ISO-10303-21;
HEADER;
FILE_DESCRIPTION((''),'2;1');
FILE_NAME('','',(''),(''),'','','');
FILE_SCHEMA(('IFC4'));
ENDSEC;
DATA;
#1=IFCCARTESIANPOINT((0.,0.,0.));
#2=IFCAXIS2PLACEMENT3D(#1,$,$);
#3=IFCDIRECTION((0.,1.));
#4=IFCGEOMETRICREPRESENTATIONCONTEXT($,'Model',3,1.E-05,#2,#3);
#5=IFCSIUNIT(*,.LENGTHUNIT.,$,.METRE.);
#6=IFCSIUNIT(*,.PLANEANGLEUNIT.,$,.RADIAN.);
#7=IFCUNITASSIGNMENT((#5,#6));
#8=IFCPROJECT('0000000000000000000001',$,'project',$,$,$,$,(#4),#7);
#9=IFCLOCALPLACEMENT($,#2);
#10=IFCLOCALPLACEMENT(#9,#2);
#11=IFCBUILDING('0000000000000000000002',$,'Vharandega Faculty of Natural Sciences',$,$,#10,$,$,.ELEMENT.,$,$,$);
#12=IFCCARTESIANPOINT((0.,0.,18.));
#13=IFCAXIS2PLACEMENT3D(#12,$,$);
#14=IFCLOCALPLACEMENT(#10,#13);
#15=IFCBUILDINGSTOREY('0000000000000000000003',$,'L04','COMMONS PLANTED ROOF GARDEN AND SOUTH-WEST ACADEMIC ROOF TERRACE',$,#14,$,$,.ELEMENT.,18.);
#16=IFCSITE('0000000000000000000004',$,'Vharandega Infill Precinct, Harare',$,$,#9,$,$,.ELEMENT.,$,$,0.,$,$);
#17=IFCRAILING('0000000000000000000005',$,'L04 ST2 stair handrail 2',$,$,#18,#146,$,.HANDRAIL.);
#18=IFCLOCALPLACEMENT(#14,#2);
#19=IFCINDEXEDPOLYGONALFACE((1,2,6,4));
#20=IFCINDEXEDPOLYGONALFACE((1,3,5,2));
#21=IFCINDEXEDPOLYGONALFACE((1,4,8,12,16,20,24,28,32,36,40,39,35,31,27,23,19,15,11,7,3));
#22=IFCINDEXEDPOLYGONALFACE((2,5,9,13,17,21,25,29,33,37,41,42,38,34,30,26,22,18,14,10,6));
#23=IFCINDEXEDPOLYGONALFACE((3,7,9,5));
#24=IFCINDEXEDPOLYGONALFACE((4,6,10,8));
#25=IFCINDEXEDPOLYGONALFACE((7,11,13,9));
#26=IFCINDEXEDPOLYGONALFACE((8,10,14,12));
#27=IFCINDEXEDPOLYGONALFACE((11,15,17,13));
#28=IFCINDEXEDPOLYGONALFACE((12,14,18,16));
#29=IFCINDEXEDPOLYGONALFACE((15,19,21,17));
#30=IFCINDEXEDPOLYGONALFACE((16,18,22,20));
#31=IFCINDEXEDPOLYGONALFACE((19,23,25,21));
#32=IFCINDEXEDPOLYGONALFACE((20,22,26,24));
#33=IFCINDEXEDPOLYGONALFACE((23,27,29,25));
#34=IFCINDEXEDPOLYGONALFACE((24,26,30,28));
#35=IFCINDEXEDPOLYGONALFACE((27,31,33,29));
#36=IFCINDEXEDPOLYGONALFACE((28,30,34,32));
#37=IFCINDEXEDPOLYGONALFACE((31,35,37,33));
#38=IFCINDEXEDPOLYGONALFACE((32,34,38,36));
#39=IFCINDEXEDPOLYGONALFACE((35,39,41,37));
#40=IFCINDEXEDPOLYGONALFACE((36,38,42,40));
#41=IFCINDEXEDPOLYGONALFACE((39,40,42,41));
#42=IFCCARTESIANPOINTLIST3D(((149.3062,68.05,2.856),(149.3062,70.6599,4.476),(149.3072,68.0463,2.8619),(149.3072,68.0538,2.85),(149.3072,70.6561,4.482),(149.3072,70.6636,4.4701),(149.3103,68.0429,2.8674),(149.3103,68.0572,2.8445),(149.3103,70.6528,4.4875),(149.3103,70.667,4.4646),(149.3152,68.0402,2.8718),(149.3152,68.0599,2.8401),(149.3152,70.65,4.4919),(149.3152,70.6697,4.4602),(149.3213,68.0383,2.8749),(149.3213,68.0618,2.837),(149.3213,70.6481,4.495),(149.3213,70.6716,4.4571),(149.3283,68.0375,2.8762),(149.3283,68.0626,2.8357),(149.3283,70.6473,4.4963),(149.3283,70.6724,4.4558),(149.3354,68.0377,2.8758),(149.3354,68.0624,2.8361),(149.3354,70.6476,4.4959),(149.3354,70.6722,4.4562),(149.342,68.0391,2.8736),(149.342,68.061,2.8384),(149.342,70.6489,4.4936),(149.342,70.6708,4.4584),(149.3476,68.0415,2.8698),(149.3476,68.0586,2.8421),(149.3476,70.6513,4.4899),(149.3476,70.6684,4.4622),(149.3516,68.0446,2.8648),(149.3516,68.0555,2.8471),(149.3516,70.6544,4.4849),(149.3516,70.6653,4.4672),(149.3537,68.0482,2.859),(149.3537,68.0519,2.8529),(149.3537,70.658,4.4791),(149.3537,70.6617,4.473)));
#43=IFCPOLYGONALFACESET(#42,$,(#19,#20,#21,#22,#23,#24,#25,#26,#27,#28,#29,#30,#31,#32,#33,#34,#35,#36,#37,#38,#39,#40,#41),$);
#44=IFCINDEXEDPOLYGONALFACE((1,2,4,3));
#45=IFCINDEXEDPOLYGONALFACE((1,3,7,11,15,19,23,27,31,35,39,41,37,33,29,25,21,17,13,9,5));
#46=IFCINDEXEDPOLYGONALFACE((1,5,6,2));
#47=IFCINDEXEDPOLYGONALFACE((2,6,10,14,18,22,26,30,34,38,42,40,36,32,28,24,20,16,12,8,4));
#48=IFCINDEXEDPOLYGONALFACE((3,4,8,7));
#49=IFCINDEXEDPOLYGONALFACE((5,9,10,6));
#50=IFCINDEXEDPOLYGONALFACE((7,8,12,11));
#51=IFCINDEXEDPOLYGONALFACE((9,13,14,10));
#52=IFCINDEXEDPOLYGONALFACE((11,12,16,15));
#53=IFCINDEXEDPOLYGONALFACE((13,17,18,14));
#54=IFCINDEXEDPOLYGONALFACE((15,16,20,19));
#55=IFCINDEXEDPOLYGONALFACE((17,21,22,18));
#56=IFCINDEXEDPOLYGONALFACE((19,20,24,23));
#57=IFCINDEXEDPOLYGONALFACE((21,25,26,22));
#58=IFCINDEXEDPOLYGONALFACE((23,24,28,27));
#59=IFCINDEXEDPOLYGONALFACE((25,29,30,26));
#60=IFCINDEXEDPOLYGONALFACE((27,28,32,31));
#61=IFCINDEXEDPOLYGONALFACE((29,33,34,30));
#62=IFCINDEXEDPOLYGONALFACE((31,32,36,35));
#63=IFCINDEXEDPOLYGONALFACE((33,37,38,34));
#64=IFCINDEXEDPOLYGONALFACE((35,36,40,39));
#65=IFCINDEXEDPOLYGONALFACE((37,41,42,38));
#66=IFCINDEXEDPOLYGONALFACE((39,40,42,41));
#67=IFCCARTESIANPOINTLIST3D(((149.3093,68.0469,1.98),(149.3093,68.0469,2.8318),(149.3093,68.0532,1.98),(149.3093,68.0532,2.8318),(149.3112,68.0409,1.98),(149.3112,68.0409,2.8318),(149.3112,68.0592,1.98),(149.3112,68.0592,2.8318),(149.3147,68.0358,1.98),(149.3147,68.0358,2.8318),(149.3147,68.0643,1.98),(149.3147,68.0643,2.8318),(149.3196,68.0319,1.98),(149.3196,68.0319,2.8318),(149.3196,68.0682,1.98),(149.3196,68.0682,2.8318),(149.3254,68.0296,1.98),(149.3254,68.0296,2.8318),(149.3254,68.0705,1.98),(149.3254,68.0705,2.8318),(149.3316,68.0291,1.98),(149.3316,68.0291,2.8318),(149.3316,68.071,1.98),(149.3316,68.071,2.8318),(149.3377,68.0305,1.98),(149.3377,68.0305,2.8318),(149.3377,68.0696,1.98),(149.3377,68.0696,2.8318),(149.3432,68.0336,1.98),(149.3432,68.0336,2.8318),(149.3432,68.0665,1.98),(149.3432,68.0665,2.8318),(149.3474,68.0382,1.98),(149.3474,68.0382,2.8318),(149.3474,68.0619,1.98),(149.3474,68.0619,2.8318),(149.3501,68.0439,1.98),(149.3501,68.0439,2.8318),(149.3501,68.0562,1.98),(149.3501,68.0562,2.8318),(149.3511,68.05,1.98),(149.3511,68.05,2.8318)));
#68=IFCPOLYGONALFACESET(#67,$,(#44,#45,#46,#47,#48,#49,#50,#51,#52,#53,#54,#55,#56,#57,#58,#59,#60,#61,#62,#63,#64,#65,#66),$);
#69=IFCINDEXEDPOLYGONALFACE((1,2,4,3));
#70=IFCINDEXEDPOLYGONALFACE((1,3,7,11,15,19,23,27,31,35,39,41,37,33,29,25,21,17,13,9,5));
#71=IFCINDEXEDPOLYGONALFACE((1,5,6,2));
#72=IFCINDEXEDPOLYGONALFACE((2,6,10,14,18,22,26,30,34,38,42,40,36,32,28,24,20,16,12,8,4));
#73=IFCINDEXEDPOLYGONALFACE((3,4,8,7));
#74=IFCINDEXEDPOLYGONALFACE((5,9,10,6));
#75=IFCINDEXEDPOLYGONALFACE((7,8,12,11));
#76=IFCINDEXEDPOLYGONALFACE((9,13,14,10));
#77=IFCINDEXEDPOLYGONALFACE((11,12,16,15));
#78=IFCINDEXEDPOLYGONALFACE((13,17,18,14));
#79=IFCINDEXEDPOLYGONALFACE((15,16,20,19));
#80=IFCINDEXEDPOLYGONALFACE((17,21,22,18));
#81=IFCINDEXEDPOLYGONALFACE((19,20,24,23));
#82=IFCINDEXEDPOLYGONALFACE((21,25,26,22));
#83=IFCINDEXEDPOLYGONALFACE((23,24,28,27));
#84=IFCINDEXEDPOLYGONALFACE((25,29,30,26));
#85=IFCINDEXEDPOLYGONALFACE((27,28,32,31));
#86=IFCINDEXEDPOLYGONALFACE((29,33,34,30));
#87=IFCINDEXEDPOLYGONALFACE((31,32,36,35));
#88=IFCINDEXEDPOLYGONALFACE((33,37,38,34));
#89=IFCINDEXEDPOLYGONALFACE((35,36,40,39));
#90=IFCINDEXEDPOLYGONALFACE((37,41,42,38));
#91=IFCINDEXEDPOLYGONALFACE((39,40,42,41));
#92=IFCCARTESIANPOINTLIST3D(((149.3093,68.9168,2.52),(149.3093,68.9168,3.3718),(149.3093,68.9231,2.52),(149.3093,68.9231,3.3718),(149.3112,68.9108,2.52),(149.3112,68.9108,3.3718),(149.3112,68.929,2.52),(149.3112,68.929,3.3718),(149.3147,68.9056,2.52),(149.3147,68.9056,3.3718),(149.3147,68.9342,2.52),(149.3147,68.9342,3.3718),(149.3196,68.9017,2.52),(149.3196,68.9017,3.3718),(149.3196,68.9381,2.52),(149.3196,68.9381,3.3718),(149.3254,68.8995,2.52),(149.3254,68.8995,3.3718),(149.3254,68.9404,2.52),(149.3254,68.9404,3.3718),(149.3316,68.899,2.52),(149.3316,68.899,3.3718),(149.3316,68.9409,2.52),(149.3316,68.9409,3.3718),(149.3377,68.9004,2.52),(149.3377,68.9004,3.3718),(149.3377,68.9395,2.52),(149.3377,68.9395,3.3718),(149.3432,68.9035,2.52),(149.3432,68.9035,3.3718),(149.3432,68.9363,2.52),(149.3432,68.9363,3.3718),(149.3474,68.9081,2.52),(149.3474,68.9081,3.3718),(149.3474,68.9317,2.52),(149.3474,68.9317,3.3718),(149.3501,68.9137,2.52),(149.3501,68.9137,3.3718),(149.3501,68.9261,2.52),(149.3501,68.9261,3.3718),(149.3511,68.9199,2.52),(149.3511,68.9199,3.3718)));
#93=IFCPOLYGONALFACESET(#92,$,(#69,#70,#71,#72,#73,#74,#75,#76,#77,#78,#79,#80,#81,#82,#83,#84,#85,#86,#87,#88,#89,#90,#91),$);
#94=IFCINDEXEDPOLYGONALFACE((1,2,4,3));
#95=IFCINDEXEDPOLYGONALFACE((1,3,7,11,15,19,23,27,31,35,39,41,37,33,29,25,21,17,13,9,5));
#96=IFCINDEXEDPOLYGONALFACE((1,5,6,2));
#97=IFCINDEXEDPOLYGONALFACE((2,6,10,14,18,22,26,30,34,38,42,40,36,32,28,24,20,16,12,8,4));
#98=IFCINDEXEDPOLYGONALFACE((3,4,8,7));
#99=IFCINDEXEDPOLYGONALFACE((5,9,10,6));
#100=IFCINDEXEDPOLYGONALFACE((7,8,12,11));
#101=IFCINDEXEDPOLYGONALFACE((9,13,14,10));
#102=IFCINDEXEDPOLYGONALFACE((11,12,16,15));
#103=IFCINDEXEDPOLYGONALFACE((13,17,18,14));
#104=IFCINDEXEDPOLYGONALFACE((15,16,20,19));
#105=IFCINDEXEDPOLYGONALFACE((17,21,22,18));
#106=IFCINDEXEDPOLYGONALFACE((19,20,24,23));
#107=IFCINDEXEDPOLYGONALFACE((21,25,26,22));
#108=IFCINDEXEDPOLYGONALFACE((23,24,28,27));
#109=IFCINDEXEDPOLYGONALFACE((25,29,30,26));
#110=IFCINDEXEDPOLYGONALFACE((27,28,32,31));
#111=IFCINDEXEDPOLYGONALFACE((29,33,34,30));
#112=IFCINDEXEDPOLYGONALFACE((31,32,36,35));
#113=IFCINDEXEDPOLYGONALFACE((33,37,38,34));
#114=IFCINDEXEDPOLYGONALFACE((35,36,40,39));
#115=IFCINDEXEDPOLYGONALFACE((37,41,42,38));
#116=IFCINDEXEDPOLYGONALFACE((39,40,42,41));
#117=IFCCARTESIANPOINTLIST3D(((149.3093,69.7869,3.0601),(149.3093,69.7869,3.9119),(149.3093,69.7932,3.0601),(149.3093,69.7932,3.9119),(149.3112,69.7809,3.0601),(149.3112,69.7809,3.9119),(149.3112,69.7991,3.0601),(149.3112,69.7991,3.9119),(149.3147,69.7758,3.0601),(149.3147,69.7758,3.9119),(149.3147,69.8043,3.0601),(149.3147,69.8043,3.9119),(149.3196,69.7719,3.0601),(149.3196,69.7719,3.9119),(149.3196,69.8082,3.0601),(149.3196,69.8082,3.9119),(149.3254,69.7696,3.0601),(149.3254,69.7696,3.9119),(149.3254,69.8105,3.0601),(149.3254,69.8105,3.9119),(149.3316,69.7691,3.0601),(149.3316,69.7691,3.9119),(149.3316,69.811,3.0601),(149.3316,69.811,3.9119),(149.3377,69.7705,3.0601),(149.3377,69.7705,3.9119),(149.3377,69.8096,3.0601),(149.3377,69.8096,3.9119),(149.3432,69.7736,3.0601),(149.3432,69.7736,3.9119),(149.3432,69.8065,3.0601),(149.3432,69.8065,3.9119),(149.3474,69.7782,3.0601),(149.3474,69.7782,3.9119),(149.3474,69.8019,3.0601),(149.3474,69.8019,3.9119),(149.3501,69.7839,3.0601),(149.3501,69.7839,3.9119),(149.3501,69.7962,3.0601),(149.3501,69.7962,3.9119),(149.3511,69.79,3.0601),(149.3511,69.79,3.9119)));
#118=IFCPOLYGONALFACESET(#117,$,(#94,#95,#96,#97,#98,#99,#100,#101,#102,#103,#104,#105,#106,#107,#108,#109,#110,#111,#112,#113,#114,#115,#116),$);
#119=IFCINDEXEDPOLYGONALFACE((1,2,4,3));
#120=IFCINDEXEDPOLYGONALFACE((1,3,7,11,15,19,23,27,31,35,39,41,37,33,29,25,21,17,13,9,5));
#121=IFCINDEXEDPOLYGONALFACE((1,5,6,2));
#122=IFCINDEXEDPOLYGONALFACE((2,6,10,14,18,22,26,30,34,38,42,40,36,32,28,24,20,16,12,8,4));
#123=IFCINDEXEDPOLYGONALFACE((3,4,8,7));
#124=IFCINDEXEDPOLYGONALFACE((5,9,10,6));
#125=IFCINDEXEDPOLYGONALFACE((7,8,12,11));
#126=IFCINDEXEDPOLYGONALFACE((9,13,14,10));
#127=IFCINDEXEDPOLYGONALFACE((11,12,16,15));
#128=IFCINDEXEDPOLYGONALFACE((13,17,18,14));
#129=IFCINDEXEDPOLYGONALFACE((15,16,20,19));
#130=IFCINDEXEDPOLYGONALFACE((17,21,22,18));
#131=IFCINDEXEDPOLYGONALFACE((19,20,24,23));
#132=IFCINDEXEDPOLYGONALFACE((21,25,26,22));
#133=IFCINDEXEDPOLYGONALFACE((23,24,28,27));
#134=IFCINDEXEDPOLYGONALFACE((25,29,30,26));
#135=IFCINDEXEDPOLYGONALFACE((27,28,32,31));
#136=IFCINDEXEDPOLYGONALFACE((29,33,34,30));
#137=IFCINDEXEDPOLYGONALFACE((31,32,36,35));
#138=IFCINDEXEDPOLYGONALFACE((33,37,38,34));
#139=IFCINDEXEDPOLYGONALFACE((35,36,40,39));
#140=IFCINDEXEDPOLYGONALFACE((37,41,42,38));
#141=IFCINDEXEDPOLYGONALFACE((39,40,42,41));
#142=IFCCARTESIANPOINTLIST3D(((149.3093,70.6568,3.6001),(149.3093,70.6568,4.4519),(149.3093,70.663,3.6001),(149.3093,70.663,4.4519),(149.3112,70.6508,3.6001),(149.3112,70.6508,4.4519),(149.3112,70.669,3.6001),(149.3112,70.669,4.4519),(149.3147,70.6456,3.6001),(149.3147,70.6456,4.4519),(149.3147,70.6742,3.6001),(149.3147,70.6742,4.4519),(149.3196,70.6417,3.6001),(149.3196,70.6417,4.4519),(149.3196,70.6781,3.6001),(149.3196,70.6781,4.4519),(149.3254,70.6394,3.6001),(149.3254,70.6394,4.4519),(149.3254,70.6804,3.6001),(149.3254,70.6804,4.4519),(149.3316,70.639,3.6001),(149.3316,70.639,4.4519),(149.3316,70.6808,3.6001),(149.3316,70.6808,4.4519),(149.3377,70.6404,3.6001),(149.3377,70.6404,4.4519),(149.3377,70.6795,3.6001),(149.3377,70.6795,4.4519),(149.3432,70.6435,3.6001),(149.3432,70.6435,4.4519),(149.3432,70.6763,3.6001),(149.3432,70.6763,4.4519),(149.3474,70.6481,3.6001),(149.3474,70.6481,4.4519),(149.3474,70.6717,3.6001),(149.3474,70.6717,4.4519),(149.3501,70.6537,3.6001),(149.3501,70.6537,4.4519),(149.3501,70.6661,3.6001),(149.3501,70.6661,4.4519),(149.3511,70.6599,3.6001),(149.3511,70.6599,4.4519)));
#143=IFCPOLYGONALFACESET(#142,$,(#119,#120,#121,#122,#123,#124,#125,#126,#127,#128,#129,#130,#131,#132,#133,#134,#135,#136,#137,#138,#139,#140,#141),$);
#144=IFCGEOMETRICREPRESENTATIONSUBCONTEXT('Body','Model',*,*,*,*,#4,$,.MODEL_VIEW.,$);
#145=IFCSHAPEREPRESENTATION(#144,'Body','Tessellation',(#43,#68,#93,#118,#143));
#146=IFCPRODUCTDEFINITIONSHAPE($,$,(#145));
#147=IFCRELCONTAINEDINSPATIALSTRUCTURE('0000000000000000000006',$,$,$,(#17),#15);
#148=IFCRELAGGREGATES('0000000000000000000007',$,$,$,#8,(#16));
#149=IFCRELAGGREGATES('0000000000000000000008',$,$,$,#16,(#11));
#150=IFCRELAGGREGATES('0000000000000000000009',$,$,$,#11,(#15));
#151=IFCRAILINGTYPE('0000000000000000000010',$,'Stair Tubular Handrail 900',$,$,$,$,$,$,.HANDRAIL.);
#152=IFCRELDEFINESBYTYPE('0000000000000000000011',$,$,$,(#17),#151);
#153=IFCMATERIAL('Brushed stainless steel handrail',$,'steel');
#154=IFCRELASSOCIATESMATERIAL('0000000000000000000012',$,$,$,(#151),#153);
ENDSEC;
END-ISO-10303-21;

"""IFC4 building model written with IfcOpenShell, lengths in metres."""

from ifc_helpers import new_model, si_unit, direction, frame, origin, origin_2d, place, context, subcontext, project, spatial, circle, extrude, material, type_object, element, save


model = new_model("IFC4")

# Units and contexts
model_context = context("Model", 3, precision=1e-05, world=origin(), true_north=direction((0.0, 1.0)))
body_context = subcontext(model_context, "Body", "Model", "MODEL_VIEW")
ifc_project = project(units=[si_unit("LENGTHUNIT", "METRE"), si_unit("PLANEANGLEUNIT", "RADIAN")], contexts=[model_context])

# Site, building, storey
site_placement = place(None, origin())
site = spatial("IfcSite", under=ifc_project, at=site_placement, Name="Vharandega Infill Precinct, Harare", CompositionType="ELEMENT", RefElevation=0.0)
building_placement = place(site_placement, origin())
building = spatial("IfcBuilding", under=site, at=building_placement, Name="Vharandega Faculty of Natural Sciences", CompositionType="ELEMENT")
storey_placement = place(building_placement, frame((0.0, 0.0, 18.0)))
storey = spatial("IfcBuildingStorey", under=building, at=storey_placement, Name="L04", Description="COMMONS PLANTED ROOF GARDEN AND SOUTH-WEST ACADEMIC ROOF TERRACE", CompositionType="ELEMENT", Elevation=18.0)

# Railing
ifc_material_1 = material(Name="Brushed stainless steel handrail", Category="steel")
railing_type_1 = type_object("IfcRailingType", Name="Stair Tubular Handrail 900", PredefinedType="HANDRAIL", material=ifc_material_1)
railing_1_placement = place(storey_placement, frame((149.3301, 68.05, 1.98)))
element("IfcRailing", 1, at=railing_1_placement, inside=storey, type_object=railing_type_1, Name="L04 ST2 stair handrail 2", PredefinedType="HANDRAIL", context=body_context, shape_type="SweptSolid", body=[
    extrude(circle(Radius=0.0239, at=origin_2d()), frame((0.0, 0.0, 0.876), z_axis=(0.0, 0.849611, 0.52741), x_axis=(-1.0, 0.0, 0.0)), (0.0, 0.0, 1.0), 3.0718),
    extrude(circle(Radius=0.021, at=origin_2d()), origin(), (0.0, 0.0, 1.0), 0.8518),
    extrude(circle(Radius=0.021, at=origin_2d()), frame((0.0, 0.8699, 0.54)), (0.0, 0.0, 1.0), 0.8518),
    extrude(circle(Radius=0.021, at=origin_2d()), frame((0.0, 1.74, 1.0801)), (0.0, 0.0, 1.0), 0.8518),
    extrude(circle(Radius=0.021, at=origin_2d()), frame((0.0, 2.6099, 1.6201)), (0.0, 0.0, 1.0), 0.8518),
])

save(model, "model.ifc")
